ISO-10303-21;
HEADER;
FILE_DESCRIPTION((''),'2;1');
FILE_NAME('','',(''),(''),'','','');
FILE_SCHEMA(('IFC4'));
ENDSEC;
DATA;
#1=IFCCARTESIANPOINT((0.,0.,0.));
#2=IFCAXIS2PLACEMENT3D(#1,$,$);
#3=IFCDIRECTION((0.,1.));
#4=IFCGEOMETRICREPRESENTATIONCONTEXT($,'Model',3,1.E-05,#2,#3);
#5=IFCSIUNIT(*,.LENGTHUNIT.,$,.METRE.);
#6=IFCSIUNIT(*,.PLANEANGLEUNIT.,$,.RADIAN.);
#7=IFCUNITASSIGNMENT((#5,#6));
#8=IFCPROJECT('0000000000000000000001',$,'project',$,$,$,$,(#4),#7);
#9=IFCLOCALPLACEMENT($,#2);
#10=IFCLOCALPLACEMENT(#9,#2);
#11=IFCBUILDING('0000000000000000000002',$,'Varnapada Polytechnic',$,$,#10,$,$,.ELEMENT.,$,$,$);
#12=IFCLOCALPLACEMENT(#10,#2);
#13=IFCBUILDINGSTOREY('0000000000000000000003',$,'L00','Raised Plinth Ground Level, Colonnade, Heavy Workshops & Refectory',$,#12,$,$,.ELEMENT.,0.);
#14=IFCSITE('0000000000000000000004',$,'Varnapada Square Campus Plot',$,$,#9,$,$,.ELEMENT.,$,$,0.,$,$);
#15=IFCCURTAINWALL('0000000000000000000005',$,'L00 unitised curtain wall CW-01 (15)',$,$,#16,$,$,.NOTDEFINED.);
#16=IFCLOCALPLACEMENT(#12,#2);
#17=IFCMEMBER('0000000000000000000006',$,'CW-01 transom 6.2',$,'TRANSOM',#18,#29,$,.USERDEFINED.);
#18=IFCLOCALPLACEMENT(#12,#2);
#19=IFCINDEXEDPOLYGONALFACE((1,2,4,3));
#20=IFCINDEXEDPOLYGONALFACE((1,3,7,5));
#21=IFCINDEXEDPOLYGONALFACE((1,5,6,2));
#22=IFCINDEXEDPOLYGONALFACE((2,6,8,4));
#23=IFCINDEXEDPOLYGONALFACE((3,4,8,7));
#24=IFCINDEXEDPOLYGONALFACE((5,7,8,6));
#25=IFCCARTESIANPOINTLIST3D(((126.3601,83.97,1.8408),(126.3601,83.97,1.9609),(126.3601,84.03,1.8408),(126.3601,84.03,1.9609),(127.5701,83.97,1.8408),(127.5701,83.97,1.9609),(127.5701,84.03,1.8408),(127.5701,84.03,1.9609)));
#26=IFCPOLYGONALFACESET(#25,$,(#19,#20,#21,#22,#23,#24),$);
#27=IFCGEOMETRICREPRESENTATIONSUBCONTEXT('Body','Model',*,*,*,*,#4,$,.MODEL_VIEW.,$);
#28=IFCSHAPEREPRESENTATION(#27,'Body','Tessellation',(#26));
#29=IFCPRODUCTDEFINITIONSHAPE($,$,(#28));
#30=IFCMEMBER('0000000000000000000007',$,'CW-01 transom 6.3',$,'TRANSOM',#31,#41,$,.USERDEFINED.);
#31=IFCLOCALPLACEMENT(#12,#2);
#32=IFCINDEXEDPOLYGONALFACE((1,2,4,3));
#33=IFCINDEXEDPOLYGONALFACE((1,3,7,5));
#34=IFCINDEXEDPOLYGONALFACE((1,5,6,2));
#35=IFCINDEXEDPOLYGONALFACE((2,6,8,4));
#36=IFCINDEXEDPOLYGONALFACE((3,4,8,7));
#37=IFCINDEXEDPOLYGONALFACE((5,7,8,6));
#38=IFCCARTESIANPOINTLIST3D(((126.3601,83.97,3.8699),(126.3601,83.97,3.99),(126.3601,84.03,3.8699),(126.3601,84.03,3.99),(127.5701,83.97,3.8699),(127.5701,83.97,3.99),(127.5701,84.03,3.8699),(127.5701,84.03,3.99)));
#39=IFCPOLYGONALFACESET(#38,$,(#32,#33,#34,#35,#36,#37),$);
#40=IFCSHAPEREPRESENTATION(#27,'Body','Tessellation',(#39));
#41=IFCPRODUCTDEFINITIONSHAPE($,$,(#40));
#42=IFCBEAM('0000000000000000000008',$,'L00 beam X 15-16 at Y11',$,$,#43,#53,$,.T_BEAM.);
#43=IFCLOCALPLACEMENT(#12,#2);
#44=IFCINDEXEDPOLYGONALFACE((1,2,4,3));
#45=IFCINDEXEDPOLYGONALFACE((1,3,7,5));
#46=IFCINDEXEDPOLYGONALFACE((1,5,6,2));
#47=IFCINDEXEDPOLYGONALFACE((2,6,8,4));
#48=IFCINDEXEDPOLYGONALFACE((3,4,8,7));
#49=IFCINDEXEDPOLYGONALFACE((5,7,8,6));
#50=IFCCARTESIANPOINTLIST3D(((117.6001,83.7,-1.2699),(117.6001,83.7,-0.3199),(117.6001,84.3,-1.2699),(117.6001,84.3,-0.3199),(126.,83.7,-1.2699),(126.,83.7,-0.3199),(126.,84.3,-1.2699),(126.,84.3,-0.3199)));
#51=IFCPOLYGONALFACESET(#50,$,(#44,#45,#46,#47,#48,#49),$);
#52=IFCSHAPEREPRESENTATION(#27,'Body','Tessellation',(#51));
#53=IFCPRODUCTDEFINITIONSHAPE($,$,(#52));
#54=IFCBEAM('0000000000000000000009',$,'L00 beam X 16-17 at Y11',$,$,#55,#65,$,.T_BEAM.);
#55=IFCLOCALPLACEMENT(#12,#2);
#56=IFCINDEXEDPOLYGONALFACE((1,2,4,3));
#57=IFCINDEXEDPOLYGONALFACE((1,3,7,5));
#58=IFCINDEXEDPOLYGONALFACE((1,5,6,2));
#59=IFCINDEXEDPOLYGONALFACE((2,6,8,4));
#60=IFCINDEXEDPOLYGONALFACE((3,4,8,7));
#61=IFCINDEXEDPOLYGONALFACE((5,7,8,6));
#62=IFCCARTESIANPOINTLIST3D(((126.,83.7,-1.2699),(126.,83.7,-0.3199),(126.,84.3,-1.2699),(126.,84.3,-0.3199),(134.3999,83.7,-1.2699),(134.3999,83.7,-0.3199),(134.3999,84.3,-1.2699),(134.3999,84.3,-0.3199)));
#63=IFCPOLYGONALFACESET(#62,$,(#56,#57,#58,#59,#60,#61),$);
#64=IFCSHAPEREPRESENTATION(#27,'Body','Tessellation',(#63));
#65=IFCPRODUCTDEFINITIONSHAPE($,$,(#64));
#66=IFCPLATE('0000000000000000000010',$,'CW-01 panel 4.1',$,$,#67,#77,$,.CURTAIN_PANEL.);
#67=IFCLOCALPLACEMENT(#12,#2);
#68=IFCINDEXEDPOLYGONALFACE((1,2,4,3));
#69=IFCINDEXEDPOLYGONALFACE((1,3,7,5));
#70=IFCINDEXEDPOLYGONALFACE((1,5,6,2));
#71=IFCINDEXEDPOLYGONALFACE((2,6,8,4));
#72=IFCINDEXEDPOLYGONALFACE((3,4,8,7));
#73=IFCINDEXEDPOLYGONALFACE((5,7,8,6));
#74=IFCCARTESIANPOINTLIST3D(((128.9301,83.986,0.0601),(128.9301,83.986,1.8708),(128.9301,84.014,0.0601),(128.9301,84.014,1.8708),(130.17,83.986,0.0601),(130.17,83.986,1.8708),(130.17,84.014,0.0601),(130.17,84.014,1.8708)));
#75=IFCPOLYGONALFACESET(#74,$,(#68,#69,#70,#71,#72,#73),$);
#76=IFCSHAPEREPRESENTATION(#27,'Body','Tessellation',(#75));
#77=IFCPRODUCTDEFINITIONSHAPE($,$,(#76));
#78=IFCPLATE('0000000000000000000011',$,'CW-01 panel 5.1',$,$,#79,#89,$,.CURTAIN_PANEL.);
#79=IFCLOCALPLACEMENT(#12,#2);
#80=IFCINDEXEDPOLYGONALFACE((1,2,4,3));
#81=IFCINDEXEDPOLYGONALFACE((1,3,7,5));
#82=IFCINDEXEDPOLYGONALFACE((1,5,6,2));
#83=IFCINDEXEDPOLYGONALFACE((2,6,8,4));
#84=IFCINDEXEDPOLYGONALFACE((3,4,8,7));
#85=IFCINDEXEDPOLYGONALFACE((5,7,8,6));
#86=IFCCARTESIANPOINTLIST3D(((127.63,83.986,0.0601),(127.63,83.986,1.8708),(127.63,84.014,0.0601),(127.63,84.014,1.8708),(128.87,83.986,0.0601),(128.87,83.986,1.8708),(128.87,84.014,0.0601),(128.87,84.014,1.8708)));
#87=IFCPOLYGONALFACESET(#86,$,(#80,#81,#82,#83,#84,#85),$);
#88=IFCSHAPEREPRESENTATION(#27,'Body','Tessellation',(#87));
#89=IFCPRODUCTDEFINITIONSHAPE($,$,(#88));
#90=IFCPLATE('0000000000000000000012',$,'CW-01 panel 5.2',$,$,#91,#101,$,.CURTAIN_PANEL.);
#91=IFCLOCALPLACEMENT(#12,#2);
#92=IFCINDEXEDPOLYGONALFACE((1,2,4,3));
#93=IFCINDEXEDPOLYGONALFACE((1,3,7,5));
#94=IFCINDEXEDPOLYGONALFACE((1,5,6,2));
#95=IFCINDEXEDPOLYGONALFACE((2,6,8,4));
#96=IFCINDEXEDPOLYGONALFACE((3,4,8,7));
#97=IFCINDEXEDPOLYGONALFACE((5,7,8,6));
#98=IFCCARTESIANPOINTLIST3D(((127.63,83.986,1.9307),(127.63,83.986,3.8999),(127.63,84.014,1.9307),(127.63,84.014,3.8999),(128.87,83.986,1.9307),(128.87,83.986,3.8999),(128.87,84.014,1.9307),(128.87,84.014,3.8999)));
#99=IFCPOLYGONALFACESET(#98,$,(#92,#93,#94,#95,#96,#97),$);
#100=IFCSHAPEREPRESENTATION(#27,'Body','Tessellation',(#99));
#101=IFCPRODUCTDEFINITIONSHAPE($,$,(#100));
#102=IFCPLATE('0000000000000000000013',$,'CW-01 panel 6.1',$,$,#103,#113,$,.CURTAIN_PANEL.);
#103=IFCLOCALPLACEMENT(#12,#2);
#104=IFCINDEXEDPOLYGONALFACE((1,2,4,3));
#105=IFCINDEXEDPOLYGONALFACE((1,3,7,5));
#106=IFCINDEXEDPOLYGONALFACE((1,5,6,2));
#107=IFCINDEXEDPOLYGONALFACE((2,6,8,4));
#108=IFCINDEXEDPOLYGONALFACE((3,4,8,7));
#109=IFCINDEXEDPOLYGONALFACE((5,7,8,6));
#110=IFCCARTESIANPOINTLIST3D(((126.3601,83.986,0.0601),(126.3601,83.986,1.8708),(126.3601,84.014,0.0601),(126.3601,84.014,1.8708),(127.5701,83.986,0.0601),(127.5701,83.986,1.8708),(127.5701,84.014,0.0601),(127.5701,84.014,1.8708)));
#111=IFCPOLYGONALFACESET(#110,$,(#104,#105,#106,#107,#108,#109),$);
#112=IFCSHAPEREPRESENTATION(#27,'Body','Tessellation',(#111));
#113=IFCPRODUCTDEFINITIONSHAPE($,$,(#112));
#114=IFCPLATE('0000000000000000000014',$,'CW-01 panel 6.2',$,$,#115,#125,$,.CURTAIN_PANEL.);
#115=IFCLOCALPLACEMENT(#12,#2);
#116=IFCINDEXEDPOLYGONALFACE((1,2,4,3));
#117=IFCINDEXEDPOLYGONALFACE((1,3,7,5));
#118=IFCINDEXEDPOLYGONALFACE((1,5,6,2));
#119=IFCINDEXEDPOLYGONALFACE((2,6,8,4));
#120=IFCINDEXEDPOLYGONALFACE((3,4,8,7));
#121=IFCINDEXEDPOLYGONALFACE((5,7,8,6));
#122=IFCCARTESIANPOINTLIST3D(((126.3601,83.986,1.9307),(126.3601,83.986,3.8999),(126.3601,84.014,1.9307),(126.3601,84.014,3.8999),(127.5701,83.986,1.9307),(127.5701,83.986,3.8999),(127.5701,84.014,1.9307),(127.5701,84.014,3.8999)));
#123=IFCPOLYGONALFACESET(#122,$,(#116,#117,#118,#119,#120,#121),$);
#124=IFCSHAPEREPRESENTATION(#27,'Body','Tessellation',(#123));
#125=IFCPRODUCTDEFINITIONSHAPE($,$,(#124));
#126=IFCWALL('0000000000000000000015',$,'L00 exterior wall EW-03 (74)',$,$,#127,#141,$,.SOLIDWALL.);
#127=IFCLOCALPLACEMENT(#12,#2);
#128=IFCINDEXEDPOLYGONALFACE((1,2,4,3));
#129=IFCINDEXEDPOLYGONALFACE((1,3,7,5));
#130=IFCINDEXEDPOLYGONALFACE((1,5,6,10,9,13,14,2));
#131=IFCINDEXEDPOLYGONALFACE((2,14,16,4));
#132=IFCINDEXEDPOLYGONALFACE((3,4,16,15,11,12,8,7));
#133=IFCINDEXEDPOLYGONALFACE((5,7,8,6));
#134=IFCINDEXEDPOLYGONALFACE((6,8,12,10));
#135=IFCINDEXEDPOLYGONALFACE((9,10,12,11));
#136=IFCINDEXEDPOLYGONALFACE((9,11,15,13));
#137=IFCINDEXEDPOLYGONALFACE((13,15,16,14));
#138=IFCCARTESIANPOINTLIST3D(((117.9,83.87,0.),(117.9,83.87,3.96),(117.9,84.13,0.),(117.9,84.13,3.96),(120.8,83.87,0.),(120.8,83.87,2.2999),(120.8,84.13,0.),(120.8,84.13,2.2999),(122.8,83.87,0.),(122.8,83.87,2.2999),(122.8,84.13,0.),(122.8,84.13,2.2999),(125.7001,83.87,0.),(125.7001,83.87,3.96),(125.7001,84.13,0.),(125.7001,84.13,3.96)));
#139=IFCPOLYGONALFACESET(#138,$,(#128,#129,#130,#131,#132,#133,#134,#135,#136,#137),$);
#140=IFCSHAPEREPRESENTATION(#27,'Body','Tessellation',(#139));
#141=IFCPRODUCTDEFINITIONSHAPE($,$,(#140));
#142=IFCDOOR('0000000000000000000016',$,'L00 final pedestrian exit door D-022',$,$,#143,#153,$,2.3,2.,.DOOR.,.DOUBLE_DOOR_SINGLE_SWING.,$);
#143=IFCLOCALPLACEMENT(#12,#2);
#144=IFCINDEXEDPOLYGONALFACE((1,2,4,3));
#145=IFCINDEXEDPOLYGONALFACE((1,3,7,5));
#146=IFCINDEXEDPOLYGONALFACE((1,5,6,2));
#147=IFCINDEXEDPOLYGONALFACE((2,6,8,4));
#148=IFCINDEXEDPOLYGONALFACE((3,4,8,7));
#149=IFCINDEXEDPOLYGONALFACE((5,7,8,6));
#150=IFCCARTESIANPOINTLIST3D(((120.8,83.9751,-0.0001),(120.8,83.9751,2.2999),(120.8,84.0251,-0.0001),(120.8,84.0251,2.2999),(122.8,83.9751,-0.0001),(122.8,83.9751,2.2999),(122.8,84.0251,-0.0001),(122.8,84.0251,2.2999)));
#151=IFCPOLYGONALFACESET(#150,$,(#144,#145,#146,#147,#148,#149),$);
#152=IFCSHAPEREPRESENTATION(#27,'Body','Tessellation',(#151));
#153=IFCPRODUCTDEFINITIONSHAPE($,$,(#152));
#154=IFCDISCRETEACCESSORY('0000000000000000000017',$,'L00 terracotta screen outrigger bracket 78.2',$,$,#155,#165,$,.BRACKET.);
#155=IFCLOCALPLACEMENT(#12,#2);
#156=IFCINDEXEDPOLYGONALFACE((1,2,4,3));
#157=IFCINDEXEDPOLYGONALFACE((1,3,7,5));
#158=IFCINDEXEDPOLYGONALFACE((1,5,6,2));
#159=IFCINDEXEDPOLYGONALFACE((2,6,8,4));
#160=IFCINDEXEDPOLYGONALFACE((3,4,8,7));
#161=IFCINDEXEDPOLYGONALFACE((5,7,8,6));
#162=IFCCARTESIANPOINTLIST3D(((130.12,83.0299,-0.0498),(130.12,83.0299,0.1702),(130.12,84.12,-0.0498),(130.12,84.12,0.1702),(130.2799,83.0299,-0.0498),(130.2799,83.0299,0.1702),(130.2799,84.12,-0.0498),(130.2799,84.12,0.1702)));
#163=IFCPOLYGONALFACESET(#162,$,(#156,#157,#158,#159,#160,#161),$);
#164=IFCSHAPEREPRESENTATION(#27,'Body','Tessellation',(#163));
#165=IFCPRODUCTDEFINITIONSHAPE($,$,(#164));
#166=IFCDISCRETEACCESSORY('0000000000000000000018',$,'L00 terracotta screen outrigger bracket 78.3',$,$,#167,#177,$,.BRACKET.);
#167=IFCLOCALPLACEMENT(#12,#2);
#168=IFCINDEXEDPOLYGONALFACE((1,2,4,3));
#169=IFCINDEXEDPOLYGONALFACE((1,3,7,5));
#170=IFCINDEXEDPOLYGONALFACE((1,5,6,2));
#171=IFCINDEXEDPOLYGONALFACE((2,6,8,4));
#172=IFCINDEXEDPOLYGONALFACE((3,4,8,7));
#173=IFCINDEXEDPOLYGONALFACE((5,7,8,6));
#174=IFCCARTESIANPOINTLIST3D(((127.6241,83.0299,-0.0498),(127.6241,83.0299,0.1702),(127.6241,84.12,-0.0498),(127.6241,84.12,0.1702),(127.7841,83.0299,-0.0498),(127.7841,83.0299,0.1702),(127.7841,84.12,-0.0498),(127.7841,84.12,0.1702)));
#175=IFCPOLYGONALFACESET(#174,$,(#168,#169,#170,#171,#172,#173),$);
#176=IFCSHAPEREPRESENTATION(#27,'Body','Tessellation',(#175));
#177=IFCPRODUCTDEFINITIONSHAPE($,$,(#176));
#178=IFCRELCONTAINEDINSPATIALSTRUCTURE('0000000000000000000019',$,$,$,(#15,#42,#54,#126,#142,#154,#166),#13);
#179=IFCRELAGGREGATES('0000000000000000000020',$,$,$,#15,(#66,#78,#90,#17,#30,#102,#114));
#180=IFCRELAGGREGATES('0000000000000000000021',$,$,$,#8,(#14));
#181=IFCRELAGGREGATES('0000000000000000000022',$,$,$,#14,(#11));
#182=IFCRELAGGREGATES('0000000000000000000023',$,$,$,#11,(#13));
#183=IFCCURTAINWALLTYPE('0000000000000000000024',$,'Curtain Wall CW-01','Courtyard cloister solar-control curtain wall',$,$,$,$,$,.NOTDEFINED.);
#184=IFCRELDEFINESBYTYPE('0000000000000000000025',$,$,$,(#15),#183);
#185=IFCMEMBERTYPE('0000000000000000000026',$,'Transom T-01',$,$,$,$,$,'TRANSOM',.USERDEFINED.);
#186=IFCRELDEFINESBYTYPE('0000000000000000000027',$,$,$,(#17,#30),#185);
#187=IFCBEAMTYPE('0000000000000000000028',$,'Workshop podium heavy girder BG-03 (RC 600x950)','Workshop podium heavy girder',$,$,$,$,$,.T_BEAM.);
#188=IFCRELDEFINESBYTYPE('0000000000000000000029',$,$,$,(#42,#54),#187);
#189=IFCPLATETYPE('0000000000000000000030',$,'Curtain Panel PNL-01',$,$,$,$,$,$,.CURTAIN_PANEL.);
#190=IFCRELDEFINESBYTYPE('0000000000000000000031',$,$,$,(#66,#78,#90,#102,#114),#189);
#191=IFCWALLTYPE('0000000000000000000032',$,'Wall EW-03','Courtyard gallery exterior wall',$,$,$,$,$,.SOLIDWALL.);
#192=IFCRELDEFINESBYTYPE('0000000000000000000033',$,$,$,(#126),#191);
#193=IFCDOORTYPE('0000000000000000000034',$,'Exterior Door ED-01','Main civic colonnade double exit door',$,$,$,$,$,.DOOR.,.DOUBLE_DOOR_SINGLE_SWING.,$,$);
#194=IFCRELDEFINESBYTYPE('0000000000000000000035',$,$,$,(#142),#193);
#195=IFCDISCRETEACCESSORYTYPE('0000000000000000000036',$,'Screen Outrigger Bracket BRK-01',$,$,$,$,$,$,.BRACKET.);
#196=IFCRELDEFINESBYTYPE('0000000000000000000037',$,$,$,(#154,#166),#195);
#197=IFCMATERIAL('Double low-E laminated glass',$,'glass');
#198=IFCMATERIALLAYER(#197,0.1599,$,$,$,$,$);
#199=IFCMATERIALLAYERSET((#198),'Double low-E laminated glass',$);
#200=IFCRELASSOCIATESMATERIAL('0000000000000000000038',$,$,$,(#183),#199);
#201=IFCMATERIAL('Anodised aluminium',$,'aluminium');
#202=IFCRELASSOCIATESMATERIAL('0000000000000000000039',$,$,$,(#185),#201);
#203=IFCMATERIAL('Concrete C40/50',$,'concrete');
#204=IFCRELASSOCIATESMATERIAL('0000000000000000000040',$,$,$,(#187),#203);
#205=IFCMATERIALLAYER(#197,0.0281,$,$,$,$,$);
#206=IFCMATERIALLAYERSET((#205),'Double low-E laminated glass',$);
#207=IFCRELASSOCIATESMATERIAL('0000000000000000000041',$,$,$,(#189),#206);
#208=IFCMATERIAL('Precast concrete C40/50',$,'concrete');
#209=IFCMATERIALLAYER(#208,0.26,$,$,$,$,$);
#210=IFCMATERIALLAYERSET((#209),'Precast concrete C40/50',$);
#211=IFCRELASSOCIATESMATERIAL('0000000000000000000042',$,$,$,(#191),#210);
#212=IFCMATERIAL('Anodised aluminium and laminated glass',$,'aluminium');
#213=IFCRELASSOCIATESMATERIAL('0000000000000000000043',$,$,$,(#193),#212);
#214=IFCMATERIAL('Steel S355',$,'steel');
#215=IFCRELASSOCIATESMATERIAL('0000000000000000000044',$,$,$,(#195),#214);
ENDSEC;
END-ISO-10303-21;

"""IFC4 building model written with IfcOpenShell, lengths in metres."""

from ifc_helpers import new_model, si_unit, direction, frame, frame_2d, origin, origin_2d, place, context, subcontext, project, spatial, rectangle, extrude, material, layer, layer_set, material_profile, profile_set, type_object, element, fill, aggregate, save


model = new_model("IFC4")

# Units and contexts
model_context = context("Model", 3, precision=1e-05, world=origin(), true_north=direction((0.0, 1.0)))
body_context = subcontext(model_context, "Body", "Model", "MODEL_VIEW")
ifc_project = project(units=[si_unit("LENGTHUNIT", "METRE"), si_unit("PLANEANGLEUNIT", "RADIAN")], contexts=[model_context])

# Site, building, storey
site_placement = place(None, origin())
site = spatial("IfcSite", under=ifc_project, at=site_placement, Name="Varnapada Square Campus Plot", CompositionType="ELEMENT", RefElevation=0.0)
building_placement = place(site_placement, origin())
building = spatial("IfcBuilding", under=site, at=building_placement, Name="Varnapada Polytechnic", CompositionType="ELEMENT")
storey_placement = place(building_placement, origin())
storey = spatial("IfcBuildingStorey", under=building, at=storey_placement, Name="L00", Description="Raised Plinth Ground Level, Colonnade, Heavy Workshops & Refectory", CompositionType="ELEMENT", Elevation=0.0)

# Shared definitions
ifc_material_1 = material(Name="Concrete C40/50", Category="concrete")

# Shared definitions
ifc_material_2 = material(Name="Double low-E laminated glass", Category="glass")
ifc_layer_1 = layer(ifc_material_2, 0.1599)
ifc_layer_set_1 = layer_set([ifc_layer_1], Name="Double low-E laminated glass")
curtain_wall_type = type_object("IfcCurtainWallType", Name="Curtain Wall CW-01", Description="Courtyard cloister solar-control curtain wall", PredefinedType="NOTDEFINED", material=ifc_layer_set_1)
ifc_material_3 = material(Name="Anodised aluminium", Category="aluminium")

# Curtain wall
curtain_wall_1_placement = place(storey_placement, origin())
curtain_wall_1 = element("IfcCurtainWall", 1, at=curtain_wall_1_placement, inside=storey, type_object=curtain_wall_type, Name="L00 unitised curtain wall CW-01 (15)", PredefinedType="NOTDEFINED")

# Members
ifc_material_profile_1 = material_profile(ifc_material_3, rectangle(XDim=0.0601, YDim=0.1201, at=origin_2d()), Name="ALU T60x120")
ifc_profile_set_1 = profile_set([ifc_material_profile_1], Name="Anodised aluminium")
member_type_1 = type_object("IfcMemberType", Name="Transom T-01", ElementType="TRANSOM", PredefinedType="USERDEFINED", material=ifc_profile_set_1)
member_1_placement = place(storey_placement, frame((127.5701, 84.0, 1.9009), z_axis=(-1.0, 0.0, 0.0), x_axis=(0.0, -1.0, 0.0)))
member_1 = element("IfcMember", 2, at=member_1_placement, type_object=member_type_1, Name="CW-01 transom 6.2", ObjectType="TRANSOM", PredefinedType="USERDEFINED", context=body_context, shape_type="SweptSolid", body=[
    extrude(rectangle(XDim=0.0601, YDim=0.1201, at=origin_2d()), origin(), (0.0, 0.0, 1.0), 1.21),
])
member_2_placement = place(storey_placement, frame((127.5701, 84.0, 3.9299), z_axis=(-1.0, 0.0, 0.0), x_axis=(0.0, -1.0, 0.0)))
member_2 = element("IfcMember", 3, at=member_2_placement, type_object=member_type_1, Name="CW-01 transom 6.3", ObjectType="TRANSOM", PredefinedType="USERDEFINED", context=body_context, shape_type="SweptSolid", body=[
    extrude(rectangle(XDim=0.0601, YDim=0.1201, at=origin_2d()), origin(), (0.0, 0.0, 1.0), 1.21),
])

# Beams
ifc_material_profile_2 = material_profile(ifc_material_1, rectangle(XDim=0.6001, YDim=0.95, at=origin_2d()), Name="RC 600x950")
ifc_profile_set_2 = profile_set([ifc_material_profile_2], Name="Concrete C40/50")
beam_type_1 = type_object("IfcBeamType", Name="Workshop podium heavy girder BG-03 (RC 600x950)", Description="Workshop podium heavy girder", PredefinedType="T_BEAM", material=ifc_profile_set_2)
for number, where, z_axis, x_axis, name in (
    (4, (117.6001, 84.0, -0.7949), (1.0, 0.0, 0.0), (0.0, 1.0, 0.0), "L00 beam X 15-16 at Y11"),
    (5, (126.0, 84.0, -0.7949), (1.0, 0.0, 0.0), (0.0, 1.0, 0.0), "L00 beam X 16-17 at Y11"),
):
    element("IfcBeam", number, at=place(storey_placement, frame(where, z_axis=z_axis, x_axis=x_axis)), inside=storey, type_object=beam_type_1, Name=name, PredefinedType="T_BEAM", context=body_context, shape_type="SweptSolid", body=[
        extrude(rectangle(XDim=0.6001, YDim=0.95, at=origin_2d()), origin(), (0.0, 0.0, 1.0), 8.3999),
    ])

# Plates
ifc_layer_2 = layer(ifc_material_2, 0.0281)
ifc_layer_set_2 = layer_set([ifc_layer_2], Name="Double low-E laminated glass")
plate_type = type_object("IfcPlateType", Name="Curtain Panel PNL-01", PredefinedType="CURTAIN_PANEL", material=ifc_layer_set_2)
plate_1_placement = place(storey_placement, frame((129.55, 84.0, 0.0601), z_axis=(0.0, 0.0, 1.0), x_axis=(-1.0, 0.0, 0.0)))
plate_1 = element("IfcPlate", 6, at=plate_1_placement, type_object=plate_type, Name="CW-01 panel 4.1", PredefinedType="CURTAIN_PANEL", context=body_context, shape_type="SweptSolid", body=[
    extrude(rectangle(XDim=1.24, YDim=0.0281, at=origin_2d()), origin(), (0.0, 0.0, 1.0), 1.8108),
])
plate_2_placement = place(storey_placement, frame((128.25, 84.0, 0.0601), z_axis=(0.0, 0.0, 1.0), x_axis=(-1.0, 0.0, 0.0)))
plate_2 = element("IfcPlate", 7, at=plate_2_placement, type_object=plate_type, Name="CW-01 panel 5.1", PredefinedType="CURTAIN_PANEL", context=body_context, shape_type="SweptSolid", body=[
    extrude(rectangle(XDim=1.24, YDim=0.0281, at=origin_2d()), origin(), (0.0, 0.0, 1.0), 1.8108),
])
plate_3_placement = place(storey_placement, frame((128.25, 84.0, 1.9307), z_axis=(0.0, 0.0, 1.0), x_axis=(-1.0, 0.0, 0.0)))
plate_3 = element("IfcPlate", 8, at=plate_3_placement, type_object=plate_type, Name="CW-01 panel 5.2", PredefinedType="CURTAIN_PANEL", context=body_context, shape_type="SweptSolid", body=[
    extrude(rectangle(XDim=1.24, YDim=0.0281, at=origin_2d()), origin(), (0.0, 0.0, 1.0), 1.9692),
])
plate_4_placement = place(storey_placement, frame((126.9651, 84.0, 0.0601), z_axis=(0.0, 0.0, 1.0), x_axis=(-1.0, 0.0, 0.0)))
plate_4 = element("IfcPlate", 9, at=plate_4_placement, type_object=plate_type, Name="CW-01 panel 6.1", PredefinedType="CURTAIN_PANEL", context=body_context, shape_type="SweptSolid", body=[
    extrude(rectangle(XDim=1.21, YDim=0.0281, at=origin_2d()), origin(), (0.0, 0.0, 1.0), 1.8108),
])
plate_5_placement = place(storey_placement, frame((126.9651, 84.0, 1.9307), z_axis=(0.0, 0.0, 1.0), x_axis=(-1.0, 0.0, 0.0)))
plate_5 = element("IfcPlate", 10, at=plate_5_placement, type_object=plate_type, Name="CW-01 panel 6.2", PredefinedType="CURTAIN_PANEL", context=body_context, shape_type="SweptSolid", body=[
    extrude(rectangle(XDim=1.21, YDim=0.0281, at=origin_2d()), origin(), (0.0, 0.0, 1.0), 1.9692),
])
aggregate(curtain_wall_1, [plate_1, plate_2, plate_3, member_1, member_2, plate_4, plate_5])

# Wall, opening, door
ifc_material_4 = material(Name="Precast concrete C40/50", Category="concrete")
ifc_layer_3 = layer(ifc_material_4, 0.26)
ifc_layer_set_3 = layer_set([ifc_layer_3], Name="Precast concrete C40/50")
wall_type = type_object("IfcWallType", Name="Wall EW-03", Description="Courtyard gallery exterior wall", PredefinedType="SOLIDWALL", material=ifc_layer_set_3)
wall_placement = place(storey_placement, frame((125.7, 84.0, 0.0), z_axis=(0.0, 0.0, 1.0), x_axis=(-1.0, 0.0, 0.0)))
wall = element("IfcWall", 11, at=wall_placement, inside=storey, type_object=wall_type, Name="L00 exterior wall EW-03 (74)", PredefinedType="SOLIDWALL", context=body_context, shape_type="SweptSolid", body=[
    extrude(rectangle(XDim=7.8, YDim=0.26, at=frame_2d((3.8999, 0.0))), origin(), (0.0, 0.0, 1.0), 3.96),
])
opening_placement = place(wall_placement, frame((2.8999, 0.0, 0.0)))
opening = element("IfcOpeningElement", 12, at=opening_placement, cuts=wall, PredefinedType="OPENING", context=body_context, shape_type="SweptSolid", body=[
    extrude(rectangle(XDim=2.0, YDim=2.3, at=frame_2d((1.0, 1.1499))), frame((0.0, 0.1399, 0.0), z_axis=(0.0, -1.0, 0.0), x_axis=(1.0, 0.0, 0.0)), (0.0, 0.0, 1.0), 0.28),
])
ifc_material_5 = material(Name="Anodised aluminium and laminated glass", Category="aluminium")
door_type = type_object("IfcDoorType", Name="Exterior Door ED-01", Description="Main civic colonnade double exit door", OperationType="DOUBLE_DOOR_SINGLE_SWING", PredefinedType="DOOR", material=ifc_material_5)
door_placement = place(opening_placement, origin())
door = element("IfcDoor", 13, at=door_placement, inside=storey, type_object=door_type, Name="L00 final pedestrian exit door D-022", OperationType="DOUBLE_DOOR_SINGLE_SWING", OverallHeight=2.3, OverallWidth=2.0, PredefinedType="DOOR", context=body_context, shape_type="SweptSolid", body=[
    extrude(rectangle(XDim=2.0, YDim=2.3, at=frame_2d((1.0, 1.1499))), frame((0.0, 0.0249, 0.0), z_axis=(0.0, -1.0, 0.0), x_axis=(1.0, 0.0, 0.0)), (0.0, 0.0, 1.0), 0.05),
])
fill(opening, door)

# Discrete accessories
ifc_material_6 = material(Name="Steel S355", Category="steel")
discrete_accessory_type = type_object("IfcDiscreteAccessoryType", Name="Screen Outrigger Bracket BRK-01", PredefinedType="BRACKET", material=ifc_material_6)
for number, where, z_axis, x_axis, name in (
    (14, (130.2, 83.575, -0.0498), (0.0, 0.0, 1.0), (-1.0, 0.0, 0.0), "L00 terracotta screen outrigger bracket 78.2"),
    (15, (127.7041, 83.575, -0.0498), (0.0, 0.0, 1.0), (-1.0, 0.0, 0.0), "L00 terracotta screen outrigger bracket 78.3"),
):
    element("IfcDiscreteAccessory", number, at=place(storey_placement, frame(where, z_axis=z_axis, x_axis=x_axis)), inside=storey, type_object=discrete_accessory_type, Name=name, PredefinedType="BRACKET", context=body_context, shape_type="SweptSolid", body=[
        extrude(rectangle(XDim=0.1599, YDim=1.0901, at=origin_2d()), origin(), (0.0, 0.0, 1.0), 0.22),
    ])

save(model, "model.ifc")
